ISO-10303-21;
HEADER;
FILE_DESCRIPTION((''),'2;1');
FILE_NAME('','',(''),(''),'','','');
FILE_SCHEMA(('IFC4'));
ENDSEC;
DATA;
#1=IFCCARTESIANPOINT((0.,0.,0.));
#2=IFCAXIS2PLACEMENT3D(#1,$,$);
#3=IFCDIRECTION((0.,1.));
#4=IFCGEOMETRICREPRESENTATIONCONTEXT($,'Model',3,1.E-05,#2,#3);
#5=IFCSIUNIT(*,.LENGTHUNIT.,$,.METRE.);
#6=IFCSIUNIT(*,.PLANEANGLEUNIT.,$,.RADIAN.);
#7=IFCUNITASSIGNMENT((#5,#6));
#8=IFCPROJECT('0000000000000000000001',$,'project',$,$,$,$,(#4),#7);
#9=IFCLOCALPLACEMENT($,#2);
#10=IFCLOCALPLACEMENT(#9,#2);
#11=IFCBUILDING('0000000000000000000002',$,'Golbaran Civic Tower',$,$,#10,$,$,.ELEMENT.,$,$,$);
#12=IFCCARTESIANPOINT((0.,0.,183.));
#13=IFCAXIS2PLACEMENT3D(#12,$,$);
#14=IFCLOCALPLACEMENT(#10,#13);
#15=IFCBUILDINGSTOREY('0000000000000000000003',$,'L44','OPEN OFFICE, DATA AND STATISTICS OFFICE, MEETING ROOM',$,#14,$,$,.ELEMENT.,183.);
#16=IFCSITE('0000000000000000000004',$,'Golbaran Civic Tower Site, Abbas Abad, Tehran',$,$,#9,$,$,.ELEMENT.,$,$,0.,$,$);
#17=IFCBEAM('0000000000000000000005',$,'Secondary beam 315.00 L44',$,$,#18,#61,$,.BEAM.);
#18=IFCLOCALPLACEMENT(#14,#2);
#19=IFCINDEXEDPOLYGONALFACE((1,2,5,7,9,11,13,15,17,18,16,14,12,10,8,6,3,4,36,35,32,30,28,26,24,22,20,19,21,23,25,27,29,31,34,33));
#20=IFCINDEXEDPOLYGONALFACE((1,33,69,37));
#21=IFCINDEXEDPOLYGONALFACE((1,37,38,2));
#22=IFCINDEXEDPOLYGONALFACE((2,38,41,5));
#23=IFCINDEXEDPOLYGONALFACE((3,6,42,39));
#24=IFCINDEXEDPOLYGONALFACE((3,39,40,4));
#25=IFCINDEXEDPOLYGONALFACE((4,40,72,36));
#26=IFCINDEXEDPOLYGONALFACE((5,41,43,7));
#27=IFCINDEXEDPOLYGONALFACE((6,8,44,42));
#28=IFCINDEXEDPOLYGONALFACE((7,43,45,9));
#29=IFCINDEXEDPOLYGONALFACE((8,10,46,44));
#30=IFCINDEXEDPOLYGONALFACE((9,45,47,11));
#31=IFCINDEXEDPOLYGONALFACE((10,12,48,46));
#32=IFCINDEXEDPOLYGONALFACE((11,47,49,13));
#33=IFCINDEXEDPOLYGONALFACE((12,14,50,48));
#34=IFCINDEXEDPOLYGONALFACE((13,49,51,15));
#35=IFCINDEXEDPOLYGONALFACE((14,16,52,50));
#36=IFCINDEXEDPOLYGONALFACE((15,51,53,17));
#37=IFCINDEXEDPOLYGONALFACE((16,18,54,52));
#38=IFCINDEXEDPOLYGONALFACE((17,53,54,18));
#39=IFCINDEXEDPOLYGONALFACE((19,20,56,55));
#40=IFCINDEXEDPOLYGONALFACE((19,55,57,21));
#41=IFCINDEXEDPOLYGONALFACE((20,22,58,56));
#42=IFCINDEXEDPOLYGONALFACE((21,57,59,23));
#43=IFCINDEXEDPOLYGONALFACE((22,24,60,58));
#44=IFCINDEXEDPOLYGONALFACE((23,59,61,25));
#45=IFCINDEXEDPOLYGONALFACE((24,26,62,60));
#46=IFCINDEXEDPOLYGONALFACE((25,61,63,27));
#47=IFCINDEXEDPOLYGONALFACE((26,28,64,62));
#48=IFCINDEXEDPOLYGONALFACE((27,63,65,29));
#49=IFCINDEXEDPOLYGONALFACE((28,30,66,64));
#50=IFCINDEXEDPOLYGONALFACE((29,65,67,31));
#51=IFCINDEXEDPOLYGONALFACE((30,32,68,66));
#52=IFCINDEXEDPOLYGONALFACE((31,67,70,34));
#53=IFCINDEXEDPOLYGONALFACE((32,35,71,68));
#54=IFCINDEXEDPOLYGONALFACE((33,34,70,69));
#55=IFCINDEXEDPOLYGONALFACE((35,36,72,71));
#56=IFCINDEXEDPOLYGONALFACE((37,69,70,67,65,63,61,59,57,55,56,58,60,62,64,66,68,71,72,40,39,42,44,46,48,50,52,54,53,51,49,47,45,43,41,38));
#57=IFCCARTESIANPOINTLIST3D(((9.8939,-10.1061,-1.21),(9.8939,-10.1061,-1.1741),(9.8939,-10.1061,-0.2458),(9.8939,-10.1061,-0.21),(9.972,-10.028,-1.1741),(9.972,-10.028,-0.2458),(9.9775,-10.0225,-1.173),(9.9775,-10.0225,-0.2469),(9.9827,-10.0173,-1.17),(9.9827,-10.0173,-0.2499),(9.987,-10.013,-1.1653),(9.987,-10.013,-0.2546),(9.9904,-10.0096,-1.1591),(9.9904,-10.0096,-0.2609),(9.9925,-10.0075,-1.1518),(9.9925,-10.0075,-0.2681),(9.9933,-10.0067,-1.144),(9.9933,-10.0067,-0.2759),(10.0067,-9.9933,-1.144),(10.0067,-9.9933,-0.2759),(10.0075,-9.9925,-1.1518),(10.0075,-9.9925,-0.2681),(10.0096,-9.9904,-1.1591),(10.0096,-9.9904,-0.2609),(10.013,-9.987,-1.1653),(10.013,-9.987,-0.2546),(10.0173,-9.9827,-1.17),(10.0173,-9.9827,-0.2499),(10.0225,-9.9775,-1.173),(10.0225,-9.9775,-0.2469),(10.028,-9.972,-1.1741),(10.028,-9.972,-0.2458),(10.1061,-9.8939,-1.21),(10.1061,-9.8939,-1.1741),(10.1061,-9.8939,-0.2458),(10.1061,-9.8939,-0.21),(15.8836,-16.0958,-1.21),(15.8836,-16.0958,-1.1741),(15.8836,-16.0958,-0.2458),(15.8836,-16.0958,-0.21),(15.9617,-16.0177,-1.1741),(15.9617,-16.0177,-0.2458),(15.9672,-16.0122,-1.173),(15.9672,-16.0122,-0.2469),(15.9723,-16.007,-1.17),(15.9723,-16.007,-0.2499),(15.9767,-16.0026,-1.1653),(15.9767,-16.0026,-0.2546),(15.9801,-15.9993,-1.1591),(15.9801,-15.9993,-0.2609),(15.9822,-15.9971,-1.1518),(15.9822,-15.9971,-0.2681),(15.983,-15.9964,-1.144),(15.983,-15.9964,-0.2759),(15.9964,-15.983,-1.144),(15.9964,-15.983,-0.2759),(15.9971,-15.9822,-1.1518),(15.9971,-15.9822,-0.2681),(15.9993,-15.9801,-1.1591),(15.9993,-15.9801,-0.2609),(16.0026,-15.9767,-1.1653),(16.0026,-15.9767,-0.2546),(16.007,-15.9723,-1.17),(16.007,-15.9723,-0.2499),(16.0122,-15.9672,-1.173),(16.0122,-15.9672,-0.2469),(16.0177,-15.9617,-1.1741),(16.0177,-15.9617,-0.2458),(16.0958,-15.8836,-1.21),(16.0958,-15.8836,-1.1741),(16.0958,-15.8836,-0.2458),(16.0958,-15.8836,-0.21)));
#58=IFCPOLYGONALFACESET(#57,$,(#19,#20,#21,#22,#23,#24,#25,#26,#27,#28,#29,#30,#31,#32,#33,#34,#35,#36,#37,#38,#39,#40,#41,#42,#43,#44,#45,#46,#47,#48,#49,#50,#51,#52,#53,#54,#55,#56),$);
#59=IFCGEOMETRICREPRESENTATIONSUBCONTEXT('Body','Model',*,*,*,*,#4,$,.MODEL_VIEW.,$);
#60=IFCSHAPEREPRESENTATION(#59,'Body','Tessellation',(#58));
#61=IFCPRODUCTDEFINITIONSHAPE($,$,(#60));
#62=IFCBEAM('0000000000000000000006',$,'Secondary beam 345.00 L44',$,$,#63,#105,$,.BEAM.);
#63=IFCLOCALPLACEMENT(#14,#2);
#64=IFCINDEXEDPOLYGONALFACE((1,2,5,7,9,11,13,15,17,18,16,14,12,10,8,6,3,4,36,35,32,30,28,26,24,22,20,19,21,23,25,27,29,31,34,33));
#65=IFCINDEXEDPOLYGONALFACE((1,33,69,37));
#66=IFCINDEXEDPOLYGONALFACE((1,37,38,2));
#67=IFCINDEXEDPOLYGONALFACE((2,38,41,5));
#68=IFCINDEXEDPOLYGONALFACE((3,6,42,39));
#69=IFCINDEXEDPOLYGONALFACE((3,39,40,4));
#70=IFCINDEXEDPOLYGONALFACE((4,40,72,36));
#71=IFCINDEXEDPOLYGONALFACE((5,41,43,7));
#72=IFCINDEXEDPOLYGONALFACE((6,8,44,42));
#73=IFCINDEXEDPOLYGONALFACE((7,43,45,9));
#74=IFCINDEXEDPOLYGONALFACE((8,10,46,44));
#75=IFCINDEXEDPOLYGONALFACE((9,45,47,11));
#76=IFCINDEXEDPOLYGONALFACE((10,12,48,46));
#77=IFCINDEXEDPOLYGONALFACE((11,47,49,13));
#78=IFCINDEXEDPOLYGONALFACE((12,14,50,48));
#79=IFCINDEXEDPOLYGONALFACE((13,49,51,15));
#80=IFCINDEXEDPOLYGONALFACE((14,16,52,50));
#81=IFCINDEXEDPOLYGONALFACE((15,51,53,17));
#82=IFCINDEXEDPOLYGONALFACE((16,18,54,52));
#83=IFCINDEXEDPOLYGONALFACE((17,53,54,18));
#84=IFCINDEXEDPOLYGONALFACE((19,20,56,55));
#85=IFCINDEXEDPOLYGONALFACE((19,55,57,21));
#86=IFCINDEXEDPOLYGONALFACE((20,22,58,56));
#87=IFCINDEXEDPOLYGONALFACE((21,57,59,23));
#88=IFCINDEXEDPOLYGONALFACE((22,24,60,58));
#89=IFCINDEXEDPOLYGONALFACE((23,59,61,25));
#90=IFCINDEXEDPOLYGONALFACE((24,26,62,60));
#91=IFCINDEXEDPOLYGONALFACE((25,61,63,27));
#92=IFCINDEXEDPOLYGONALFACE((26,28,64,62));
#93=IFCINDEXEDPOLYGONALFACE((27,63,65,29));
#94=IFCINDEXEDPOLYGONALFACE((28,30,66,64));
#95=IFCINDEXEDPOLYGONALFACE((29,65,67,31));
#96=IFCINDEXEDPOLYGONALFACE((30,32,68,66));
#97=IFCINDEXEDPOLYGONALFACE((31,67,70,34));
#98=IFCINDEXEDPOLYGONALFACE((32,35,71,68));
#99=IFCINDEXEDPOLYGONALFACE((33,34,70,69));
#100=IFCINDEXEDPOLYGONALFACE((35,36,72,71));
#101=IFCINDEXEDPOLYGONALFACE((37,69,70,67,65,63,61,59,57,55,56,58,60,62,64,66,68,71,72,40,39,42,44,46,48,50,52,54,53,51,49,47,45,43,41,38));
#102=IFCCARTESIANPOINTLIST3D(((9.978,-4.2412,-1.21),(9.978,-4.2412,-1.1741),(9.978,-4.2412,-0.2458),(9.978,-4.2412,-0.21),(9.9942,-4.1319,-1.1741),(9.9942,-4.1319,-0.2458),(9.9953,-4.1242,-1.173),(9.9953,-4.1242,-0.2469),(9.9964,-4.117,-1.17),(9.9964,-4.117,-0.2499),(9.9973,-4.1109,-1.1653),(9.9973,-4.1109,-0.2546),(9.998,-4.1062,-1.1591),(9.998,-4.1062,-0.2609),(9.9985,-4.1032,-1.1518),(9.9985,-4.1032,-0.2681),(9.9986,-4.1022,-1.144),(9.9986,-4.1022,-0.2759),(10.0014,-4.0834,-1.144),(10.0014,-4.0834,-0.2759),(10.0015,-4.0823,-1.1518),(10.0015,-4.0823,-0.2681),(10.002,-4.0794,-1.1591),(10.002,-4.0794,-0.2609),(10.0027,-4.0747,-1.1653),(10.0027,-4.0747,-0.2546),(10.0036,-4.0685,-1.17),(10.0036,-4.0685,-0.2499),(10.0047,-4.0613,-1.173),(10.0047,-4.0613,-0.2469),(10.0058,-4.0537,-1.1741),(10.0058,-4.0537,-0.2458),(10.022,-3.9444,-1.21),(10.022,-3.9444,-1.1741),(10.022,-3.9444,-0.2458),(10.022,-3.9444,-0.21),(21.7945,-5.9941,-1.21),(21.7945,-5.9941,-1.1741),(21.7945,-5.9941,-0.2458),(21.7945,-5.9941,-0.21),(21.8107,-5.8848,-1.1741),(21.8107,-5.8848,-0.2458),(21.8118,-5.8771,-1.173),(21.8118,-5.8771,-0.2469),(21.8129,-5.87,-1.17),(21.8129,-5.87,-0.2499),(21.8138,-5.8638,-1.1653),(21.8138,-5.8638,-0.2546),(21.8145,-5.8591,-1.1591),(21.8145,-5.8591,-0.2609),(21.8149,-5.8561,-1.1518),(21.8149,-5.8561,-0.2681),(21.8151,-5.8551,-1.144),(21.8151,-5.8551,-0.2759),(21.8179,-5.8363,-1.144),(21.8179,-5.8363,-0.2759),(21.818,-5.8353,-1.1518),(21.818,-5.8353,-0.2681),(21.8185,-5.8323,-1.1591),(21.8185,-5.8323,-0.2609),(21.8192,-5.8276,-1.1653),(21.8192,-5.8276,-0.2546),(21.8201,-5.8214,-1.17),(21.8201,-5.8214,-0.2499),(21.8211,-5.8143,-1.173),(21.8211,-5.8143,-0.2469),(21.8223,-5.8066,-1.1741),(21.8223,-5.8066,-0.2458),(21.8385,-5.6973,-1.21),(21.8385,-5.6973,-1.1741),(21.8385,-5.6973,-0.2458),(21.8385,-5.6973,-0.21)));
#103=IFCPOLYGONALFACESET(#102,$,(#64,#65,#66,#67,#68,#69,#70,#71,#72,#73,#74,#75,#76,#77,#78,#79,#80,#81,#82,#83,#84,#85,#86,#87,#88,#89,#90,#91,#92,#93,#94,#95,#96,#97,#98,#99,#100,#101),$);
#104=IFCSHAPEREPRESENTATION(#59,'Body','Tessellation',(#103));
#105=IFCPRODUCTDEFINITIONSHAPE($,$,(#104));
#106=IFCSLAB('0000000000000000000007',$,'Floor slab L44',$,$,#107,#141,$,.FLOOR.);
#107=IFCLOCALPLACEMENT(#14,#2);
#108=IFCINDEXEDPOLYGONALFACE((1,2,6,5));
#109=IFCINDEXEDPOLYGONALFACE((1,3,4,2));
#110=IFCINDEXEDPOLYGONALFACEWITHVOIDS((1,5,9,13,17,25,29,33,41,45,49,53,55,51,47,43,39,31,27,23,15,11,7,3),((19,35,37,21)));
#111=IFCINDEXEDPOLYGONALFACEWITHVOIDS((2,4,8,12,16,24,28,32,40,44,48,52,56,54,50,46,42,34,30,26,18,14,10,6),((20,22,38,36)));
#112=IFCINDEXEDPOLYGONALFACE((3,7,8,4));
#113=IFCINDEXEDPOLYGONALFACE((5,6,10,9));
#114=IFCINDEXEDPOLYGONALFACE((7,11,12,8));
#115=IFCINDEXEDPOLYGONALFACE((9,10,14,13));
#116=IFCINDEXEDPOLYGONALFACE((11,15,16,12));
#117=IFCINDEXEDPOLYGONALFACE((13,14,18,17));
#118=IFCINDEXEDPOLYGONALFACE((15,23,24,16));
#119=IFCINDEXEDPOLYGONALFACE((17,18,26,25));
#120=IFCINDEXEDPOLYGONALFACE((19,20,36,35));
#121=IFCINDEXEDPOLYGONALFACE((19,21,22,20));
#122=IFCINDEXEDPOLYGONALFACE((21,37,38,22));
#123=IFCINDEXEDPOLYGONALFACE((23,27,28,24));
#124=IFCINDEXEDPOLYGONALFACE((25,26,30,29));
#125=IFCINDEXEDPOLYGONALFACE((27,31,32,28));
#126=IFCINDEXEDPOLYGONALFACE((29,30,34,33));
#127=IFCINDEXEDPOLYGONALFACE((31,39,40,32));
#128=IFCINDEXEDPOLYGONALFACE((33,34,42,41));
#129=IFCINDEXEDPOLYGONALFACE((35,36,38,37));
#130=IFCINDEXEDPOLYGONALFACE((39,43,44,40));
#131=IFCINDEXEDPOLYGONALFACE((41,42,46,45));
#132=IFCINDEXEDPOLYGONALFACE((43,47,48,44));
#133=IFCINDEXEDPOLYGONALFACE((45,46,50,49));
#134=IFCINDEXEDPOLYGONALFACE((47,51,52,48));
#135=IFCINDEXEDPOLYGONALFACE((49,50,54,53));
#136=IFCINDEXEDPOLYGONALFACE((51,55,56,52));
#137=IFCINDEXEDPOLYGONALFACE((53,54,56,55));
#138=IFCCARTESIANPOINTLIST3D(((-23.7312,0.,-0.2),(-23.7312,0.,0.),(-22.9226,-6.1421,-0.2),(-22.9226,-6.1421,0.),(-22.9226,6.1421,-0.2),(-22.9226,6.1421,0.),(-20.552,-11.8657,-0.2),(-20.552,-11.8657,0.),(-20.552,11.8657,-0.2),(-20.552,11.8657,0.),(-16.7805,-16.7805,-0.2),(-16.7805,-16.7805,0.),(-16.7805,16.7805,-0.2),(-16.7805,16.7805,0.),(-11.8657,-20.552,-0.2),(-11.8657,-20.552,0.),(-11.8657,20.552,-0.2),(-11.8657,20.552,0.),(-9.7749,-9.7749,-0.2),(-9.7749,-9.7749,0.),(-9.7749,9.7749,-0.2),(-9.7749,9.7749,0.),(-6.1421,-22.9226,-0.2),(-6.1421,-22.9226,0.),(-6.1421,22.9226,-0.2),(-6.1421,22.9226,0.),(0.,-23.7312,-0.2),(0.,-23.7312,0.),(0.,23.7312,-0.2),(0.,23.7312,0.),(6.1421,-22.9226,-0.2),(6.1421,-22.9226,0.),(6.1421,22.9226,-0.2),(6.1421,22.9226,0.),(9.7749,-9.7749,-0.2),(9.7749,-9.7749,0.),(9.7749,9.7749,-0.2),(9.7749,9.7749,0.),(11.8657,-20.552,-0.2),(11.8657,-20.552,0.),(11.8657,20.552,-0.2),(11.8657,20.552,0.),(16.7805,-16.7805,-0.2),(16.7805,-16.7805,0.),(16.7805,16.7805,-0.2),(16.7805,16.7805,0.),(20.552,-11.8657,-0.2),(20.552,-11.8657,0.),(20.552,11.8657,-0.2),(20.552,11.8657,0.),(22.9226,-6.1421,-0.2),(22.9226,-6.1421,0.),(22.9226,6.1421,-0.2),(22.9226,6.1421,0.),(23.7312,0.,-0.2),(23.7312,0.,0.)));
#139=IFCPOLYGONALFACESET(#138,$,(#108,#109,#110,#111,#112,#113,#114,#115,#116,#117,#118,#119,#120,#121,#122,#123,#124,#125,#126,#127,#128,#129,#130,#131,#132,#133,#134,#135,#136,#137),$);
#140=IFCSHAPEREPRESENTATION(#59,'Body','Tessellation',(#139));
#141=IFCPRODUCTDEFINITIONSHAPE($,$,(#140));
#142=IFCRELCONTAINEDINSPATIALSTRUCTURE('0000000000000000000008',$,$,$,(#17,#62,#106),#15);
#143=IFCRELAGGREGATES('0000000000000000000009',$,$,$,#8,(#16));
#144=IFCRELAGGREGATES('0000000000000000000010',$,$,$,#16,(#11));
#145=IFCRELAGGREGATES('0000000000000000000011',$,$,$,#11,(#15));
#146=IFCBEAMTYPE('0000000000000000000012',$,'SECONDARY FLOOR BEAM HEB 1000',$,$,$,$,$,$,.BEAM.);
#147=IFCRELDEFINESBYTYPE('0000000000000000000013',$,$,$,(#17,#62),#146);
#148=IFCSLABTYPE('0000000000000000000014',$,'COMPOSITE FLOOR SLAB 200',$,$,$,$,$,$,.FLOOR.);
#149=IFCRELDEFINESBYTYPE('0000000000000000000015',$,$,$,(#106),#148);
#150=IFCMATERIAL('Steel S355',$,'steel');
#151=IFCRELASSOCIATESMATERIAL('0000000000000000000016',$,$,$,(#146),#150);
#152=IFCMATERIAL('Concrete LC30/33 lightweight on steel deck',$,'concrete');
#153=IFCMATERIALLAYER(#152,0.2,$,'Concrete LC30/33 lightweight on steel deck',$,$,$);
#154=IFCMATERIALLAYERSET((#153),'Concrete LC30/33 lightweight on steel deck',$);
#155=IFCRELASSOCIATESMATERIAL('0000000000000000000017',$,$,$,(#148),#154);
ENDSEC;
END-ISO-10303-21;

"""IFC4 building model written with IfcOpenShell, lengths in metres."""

from ifc_helpers import new_model, si_unit, direction, frame, origin, origin_2d, place, context, subcontext, project, spatial, polyline, i_section, outline, extrude, material, layer, layer_set, material_profile, profile_set, type_object, element, save


model = new_model("IFC4")

# Units and contexts
model_context = context("Model", 3, precision=1e-05, world=origin(), true_north=direction((0.0, 1.0)))
body_context = subcontext(model_context, "Body", "Model", "MODEL_VIEW")
ifc_project = project(units=[si_unit("LENGTHUNIT", "METRE"), si_unit("PLANEANGLEUNIT", "RADIAN")], contexts=[model_context])

# Site, building, storey
site_placement = place(None, origin())
site = spatial("IfcSite", under=ifc_project, at=site_placement, Name="Golbaran Civic Tower Site, Abbas Abad, Tehran", CompositionType="ELEMENT", RefElevation=0.0)
building_placement = place(site_placement, origin())
building = spatial("IfcBuilding", under=site, at=building_placement, Name="Golbaran Civic Tower", CompositionType="ELEMENT")
storey_placement = place(building_placement, frame((0.0, 0.0, 183.0)))
storey = spatial("IfcBuildingStorey", under=building, at=storey_placement, Name="L44", Description="OPEN OFFICE, DATA AND STATISTICS OFFICE, MEETING ROOM", CompositionType="ELEMENT", Elevation=183.0)

# Beams
ifc_material_1 = material(Name="Steel S355", Category="steel")
ifc_material_profile_1 = material_profile(ifc_material_1, i_section(OverallWidth=0.3, OverallDepth=1.0, WebThickness=0.019, FlangeThickness=0.0359, FilletRadius=0.03, at=origin_2d()), Name="HEB 1000")
ifc_profile_set_1 = profile_set([ifc_material_profile_1], Name="Steel S355")
beam_type_1 = type_object("IfcBeamType", Name="SECONDARY FLOOR BEAM HEB 1000", PredefinedType="BEAM", material=ifc_profile_set_1)
beam_1_placement = place(storey_placement, frame((10.0, -10.0, -0.71), z_axis=(0.707107, -0.707107, 0.0), x_axis=(0.707107, 0.707107, 0.0)))
element("IfcBeam", 1, at=beam_1_placement, inside=storey, type_object=beam_type_1, Name="Secondary beam 315.00 L44", PredefinedType="BEAM", context=body_context, shape_type="SweptSolid", body=[
    extrude(i_section(OverallWidth=0.3, OverallDepth=1.0, WebThickness=0.019, FlangeThickness=0.0359, FilletRadius=0.03, at=origin_2d()), origin(), (0.0, 0.0, 1.0), 8.4707),
])
beam_2_placement = place(storey_placement, frame((10.0, -4.0928, -0.71), z_axis=(0.989175, -0.146741, 0.0), x_axis=(0.146741, 0.989175, 0.0)))
element("IfcBeam", 2, at=beam_2_placement, inside=storey, type_object=beam_type_1, Name="Secondary beam 345.00 L44", PredefinedType="BEAM", context=body_context, shape_type="SweptSolid", body=[
    extrude(i_section(OverallWidth=0.3, OverallDepth=1.0, WebThickness=0.019, FlangeThickness=0.0359, FilletRadius=0.03, at=origin_2d()), origin(), (0.0, 0.0, 1.0), 11.9458),
])

# Slab
ifc_material_2 = material(Name="Concrete LC30/33 lightweight on steel deck", Category="concrete")
ifc_layer_1 = layer(ifc_material_2, 0.2, Name="Concrete LC30/33 lightweight on steel deck")
ifc_layer_set_1 = layer_set([ifc_layer_1], Name="Concrete LC30/33 lightweight on steel deck")
slab_type_1 = type_object("IfcSlabType", Name="COMPOSITE FLOOR SLAB 200", PredefinedType="FLOOR", material=ifc_layer_set_1)
slab_1_placement = place(storey_placement, frame((0.0, 0.0, -0.2)))
element("IfcSlab", 3, at=slab_1_placement, inside=storey, type_object=slab_type_1, Name="Floor slab L44", PredefinedType="FLOOR", context=body_context, shape_type="SweptSolid", body=[
    extrude(outline(polyline([(20.552, -11.8657), (16.7805, -16.7805), (11.8657, -20.552), (6.1421, -22.9226), (0.0, -23.7312), (-6.1421, -22.9226), (-11.8657, -20.552), (-16.7805, -16.7805), (-20.552, -11.8657), (-22.9226, -6.1421), (-23.7312, 0.0), (-22.9226, 6.1421), (-20.552, 11.8657), (-16.7805, 16.7805), (-11.8657, 20.552), (-6.1421, 22.9226), (0.0, 23.7312), (6.1421, 22.9226), (11.8657, 20.552), (16.7805, 16.7805), (20.552, 11.8657), (22.9226, 6.1421), (23.7312, 0.0), (22.9226, -6.1421), (20.552, -11.8657)]), holes=[polyline([(-9.7749, 9.7749), (-9.7749, -9.7749), (9.7749, -9.7749), (9.7749, 9.7749), (-9.7749, 9.7749)])]), origin(), (0.0, 0.0, 1.0), 0.2),
])

save(model, "model.ifc")
